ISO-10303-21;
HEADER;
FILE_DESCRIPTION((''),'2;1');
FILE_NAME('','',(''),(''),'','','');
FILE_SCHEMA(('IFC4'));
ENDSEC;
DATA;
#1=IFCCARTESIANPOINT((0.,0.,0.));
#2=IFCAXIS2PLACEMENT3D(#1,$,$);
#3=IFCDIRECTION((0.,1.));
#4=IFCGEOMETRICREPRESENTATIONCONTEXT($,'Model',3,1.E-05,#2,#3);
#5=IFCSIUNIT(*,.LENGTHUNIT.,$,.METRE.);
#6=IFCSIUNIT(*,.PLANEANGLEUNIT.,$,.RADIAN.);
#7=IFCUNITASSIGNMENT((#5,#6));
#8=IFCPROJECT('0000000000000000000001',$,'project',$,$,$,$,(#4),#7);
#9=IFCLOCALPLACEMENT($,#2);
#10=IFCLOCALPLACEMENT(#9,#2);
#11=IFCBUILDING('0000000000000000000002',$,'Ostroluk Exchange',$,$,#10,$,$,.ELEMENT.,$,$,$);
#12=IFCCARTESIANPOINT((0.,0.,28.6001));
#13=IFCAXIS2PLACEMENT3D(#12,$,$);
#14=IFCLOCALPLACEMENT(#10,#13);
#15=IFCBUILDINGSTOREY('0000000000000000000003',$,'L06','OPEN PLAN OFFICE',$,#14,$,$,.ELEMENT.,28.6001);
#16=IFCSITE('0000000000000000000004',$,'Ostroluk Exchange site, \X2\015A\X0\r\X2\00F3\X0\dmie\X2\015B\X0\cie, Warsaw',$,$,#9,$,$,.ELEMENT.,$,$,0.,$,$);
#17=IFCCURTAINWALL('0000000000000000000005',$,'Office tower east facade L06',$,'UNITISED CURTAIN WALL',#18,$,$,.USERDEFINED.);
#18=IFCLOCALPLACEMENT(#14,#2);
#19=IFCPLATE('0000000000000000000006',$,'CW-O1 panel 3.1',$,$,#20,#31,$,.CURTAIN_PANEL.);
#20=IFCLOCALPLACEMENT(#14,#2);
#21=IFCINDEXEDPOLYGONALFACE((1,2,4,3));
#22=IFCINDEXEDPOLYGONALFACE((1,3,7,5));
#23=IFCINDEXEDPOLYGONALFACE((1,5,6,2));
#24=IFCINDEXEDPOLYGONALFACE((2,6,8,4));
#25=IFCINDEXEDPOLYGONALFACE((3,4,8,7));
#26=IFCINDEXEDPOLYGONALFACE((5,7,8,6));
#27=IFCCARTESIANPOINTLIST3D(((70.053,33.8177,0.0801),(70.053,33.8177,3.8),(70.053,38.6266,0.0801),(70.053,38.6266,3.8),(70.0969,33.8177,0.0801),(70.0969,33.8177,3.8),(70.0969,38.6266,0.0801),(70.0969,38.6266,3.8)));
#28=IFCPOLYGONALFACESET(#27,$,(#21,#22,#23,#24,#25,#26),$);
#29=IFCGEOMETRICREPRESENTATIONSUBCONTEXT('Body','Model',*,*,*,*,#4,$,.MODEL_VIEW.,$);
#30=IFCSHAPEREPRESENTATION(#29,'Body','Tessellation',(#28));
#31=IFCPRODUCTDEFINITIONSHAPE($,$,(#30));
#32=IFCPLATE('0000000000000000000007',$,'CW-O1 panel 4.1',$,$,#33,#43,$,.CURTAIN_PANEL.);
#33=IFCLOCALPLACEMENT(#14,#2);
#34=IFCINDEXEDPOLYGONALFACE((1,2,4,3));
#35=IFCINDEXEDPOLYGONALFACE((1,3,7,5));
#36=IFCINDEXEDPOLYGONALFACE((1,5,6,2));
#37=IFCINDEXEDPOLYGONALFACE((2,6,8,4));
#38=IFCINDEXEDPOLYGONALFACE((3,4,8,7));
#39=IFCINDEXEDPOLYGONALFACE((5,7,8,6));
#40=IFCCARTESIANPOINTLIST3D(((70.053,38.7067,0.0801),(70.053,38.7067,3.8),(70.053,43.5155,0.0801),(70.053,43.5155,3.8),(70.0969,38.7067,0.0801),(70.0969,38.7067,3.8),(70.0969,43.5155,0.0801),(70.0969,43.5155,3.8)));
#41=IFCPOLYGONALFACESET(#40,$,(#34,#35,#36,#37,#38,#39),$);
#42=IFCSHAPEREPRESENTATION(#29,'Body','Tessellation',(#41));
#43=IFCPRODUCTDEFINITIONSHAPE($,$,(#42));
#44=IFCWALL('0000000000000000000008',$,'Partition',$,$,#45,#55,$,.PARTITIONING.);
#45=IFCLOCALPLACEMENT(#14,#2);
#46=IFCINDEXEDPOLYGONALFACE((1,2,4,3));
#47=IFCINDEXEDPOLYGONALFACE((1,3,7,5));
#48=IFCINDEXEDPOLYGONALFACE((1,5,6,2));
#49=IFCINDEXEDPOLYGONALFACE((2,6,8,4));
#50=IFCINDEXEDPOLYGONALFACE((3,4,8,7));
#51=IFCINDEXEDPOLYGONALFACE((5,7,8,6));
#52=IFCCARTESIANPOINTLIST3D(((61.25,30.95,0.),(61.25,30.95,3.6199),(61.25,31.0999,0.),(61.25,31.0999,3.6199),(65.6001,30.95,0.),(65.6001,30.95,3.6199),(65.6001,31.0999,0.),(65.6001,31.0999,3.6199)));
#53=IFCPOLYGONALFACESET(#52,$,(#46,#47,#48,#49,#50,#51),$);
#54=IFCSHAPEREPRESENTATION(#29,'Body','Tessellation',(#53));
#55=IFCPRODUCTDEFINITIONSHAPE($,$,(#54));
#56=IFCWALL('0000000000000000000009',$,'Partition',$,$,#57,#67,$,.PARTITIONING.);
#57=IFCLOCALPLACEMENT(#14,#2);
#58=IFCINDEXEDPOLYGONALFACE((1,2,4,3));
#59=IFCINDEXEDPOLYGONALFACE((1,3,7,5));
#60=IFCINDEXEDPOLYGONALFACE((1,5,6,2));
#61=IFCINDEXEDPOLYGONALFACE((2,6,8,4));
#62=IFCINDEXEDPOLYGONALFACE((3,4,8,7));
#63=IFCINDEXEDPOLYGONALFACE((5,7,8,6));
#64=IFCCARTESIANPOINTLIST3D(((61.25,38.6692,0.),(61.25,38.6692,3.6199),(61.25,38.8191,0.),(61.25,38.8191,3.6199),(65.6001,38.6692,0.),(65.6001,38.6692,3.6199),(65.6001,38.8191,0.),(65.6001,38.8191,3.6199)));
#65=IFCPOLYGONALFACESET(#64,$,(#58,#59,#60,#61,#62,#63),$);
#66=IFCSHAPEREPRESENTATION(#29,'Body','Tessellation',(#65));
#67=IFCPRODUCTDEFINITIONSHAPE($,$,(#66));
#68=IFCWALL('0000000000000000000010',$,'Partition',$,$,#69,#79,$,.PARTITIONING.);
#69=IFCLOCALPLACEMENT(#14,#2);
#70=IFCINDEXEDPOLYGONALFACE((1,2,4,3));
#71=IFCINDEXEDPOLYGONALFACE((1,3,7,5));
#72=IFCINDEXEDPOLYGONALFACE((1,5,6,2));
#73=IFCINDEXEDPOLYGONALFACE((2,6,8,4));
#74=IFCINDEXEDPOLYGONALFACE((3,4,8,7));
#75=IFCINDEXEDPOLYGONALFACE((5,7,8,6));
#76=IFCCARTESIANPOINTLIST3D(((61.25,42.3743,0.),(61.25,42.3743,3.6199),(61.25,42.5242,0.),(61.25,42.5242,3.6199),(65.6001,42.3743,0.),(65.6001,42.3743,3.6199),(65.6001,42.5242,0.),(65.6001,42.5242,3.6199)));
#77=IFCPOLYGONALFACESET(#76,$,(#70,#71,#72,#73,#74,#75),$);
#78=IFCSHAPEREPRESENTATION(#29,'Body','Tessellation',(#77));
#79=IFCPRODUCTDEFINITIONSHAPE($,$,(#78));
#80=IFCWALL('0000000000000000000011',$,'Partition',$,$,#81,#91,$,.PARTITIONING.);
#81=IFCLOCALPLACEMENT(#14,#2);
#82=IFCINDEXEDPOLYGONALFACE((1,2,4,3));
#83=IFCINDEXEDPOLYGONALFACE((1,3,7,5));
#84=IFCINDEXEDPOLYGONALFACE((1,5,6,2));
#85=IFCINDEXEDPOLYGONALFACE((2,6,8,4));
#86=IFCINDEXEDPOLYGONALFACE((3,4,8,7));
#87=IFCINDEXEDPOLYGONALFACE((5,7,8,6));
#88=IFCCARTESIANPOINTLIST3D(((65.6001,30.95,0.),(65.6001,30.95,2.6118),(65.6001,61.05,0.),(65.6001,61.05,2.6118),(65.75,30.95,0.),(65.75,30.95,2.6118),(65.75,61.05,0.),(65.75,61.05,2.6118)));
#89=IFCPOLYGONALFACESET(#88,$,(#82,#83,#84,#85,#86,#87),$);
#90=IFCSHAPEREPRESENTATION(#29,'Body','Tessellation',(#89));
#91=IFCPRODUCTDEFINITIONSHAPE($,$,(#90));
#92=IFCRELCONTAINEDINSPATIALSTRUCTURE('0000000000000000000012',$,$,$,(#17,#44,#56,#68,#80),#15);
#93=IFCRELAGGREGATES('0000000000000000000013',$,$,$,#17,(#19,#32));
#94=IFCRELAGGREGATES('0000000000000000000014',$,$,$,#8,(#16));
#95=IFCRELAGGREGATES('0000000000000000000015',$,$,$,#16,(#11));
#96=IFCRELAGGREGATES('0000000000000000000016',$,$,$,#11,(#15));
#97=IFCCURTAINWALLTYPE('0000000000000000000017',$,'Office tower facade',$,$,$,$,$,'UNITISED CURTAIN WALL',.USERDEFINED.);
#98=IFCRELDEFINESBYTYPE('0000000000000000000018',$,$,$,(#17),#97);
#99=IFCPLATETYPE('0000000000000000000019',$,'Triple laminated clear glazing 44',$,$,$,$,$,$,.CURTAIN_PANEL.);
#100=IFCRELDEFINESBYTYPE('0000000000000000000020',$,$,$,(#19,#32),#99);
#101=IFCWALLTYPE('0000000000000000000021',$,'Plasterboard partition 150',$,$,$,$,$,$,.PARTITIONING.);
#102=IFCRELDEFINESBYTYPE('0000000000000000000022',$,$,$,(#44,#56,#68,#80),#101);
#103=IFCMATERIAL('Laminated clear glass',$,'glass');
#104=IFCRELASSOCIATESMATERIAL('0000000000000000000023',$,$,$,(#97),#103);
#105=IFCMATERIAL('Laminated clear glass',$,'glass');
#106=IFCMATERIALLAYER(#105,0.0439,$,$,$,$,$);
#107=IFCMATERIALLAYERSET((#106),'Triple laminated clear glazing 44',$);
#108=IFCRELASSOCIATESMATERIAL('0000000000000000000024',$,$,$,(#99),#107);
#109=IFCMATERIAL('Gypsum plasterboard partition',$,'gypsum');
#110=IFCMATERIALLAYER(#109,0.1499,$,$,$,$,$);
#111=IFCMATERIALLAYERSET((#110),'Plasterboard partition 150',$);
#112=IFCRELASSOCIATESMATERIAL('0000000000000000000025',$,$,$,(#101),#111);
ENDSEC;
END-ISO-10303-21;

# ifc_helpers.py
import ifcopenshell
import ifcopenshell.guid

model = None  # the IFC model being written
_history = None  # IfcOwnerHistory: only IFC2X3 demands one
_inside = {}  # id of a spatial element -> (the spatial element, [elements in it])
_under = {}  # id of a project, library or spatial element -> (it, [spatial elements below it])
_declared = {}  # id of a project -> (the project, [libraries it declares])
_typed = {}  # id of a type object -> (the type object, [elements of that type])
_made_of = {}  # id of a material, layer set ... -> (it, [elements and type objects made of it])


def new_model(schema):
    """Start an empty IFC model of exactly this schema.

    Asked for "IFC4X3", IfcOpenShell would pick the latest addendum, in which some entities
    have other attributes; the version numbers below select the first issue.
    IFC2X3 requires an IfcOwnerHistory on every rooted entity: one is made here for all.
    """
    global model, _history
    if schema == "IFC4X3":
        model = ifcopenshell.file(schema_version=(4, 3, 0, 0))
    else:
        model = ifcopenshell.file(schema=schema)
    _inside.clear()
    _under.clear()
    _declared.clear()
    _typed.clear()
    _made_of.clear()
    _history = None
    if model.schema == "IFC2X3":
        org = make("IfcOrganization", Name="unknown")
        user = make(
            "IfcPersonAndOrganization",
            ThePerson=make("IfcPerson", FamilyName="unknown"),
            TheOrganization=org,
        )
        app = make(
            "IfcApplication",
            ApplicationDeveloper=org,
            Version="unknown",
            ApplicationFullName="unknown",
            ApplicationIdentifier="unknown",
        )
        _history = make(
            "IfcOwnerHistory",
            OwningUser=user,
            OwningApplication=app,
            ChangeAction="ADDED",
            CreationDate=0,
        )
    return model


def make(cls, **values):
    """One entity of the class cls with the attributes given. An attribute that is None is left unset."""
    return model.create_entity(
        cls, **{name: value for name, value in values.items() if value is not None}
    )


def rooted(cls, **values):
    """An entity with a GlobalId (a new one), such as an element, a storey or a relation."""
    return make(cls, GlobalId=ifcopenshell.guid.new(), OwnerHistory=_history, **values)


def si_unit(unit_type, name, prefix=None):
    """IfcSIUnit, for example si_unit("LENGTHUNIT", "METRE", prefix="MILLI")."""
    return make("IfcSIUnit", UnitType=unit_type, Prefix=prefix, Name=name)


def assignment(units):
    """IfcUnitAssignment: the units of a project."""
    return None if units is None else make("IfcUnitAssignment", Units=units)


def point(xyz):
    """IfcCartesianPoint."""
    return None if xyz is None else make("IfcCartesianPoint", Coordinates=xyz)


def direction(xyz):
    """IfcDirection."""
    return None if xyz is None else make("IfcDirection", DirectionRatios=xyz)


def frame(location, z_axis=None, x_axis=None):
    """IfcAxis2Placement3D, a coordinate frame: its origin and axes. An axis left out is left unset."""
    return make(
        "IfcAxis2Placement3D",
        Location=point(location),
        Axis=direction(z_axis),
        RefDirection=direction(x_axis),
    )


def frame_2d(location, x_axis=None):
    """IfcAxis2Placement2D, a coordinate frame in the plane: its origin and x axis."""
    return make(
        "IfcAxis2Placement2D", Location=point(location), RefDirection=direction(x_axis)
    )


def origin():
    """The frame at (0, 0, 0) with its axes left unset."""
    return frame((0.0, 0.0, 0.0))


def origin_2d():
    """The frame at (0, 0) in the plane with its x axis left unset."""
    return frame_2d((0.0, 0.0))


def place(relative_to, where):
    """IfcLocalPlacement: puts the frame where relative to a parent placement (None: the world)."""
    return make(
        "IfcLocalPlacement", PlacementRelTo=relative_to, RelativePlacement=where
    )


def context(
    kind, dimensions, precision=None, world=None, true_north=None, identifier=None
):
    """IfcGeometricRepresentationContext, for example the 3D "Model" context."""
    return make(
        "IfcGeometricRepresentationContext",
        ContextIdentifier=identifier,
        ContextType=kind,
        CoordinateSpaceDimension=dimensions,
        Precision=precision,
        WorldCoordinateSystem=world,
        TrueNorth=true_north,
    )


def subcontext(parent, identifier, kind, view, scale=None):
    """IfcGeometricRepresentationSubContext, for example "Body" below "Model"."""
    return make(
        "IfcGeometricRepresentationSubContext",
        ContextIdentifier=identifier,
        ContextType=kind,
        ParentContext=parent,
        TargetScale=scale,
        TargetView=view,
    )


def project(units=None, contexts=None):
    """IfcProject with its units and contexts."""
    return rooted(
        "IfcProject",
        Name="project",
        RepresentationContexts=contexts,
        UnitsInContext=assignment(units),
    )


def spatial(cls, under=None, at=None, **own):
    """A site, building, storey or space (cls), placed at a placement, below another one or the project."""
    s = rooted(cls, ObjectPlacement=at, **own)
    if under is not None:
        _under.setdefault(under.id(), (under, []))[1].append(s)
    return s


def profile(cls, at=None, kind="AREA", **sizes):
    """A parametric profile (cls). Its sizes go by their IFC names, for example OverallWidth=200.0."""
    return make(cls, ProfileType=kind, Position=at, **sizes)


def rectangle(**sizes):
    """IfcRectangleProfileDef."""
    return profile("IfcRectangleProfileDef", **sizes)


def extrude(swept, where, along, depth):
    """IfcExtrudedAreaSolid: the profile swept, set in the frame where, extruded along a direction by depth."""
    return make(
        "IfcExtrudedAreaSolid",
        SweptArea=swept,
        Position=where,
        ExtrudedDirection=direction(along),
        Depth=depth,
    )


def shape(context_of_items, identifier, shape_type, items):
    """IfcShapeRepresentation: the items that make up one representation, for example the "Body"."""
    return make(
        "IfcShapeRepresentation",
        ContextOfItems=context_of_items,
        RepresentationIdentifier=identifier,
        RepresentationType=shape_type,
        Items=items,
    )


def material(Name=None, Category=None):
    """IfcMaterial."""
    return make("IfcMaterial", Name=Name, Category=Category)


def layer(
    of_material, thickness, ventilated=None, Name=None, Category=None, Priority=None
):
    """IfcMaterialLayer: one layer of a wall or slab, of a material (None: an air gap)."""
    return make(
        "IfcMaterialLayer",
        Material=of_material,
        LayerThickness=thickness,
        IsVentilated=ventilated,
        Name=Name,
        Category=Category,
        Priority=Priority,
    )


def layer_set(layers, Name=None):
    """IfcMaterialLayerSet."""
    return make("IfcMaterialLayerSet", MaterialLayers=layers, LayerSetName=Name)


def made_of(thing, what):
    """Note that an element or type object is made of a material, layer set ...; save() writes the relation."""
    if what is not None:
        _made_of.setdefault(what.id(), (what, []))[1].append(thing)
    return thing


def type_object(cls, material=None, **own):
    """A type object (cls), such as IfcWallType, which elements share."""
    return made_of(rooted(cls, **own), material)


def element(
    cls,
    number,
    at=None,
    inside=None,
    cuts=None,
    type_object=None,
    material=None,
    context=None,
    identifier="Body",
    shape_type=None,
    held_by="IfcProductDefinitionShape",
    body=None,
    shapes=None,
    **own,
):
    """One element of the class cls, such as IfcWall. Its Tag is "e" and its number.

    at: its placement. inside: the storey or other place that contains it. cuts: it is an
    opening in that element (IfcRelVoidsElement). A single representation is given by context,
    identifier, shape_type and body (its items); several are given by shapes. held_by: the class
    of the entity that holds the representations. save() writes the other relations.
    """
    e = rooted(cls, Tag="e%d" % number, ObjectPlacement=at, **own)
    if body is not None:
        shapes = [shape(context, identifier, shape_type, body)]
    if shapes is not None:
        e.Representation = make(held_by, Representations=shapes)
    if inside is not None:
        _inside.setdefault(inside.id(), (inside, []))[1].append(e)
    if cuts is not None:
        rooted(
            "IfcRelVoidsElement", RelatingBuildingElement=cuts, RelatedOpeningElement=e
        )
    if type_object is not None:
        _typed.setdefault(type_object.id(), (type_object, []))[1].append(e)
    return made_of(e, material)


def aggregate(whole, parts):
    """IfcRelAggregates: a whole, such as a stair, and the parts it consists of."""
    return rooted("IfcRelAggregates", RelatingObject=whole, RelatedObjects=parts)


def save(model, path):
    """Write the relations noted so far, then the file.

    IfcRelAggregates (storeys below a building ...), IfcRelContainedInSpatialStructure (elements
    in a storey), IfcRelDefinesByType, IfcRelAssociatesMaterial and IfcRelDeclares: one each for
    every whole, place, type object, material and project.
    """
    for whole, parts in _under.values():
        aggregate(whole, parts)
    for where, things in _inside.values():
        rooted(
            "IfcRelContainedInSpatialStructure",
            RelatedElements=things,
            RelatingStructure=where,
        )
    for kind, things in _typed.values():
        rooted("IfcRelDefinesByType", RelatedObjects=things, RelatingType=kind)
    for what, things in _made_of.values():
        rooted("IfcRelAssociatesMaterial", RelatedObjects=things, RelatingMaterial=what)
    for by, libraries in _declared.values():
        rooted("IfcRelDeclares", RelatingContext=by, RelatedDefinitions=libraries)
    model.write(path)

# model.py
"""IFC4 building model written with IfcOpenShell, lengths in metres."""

from ifc_helpers import new_model, si_unit, direction, frame, frame_2d, origin, origin_2d, place, context, subcontext, project, spatial, rectangle, extrude, material, layer, layer_set, type_object, element, aggregate, save


model = new_model("IFC4")

# Units and contexts
model_context = context("Model", 3, precision=1e-05, world=origin(), true_north=direction((0.0, 1.0)))
body_context = subcontext(model_context, "Body", "Model", "MODEL_VIEW")
ifc_project = project(units=[si_unit("LENGTHUNIT", "METRE"), si_unit("PLANEANGLEUNIT", "RADIAN")], contexts=[model_context])

# Site, building, storey
site_placement = place(None, origin())
site = spatial("IfcSite", under=ifc_project, at=site_placement, Name="Ostroluk Exchange site, Śródmieście, Warsaw", CompositionType="ELEMENT", RefElevation=0.0)
building_placement = place(site_placement, origin())
building = spatial("IfcBuilding", under=site, at=building_placement, Name="Ostroluk Exchange", CompositionType="ELEMENT")
storey_placement = place(building_placement, frame((0.0, 0.0, 28.6001)))
storey = spatial("IfcBuildingStorey", under=building, at=storey_placement, Name="L06", Description="OPEN PLAN OFFICE", CompositionType="ELEMENT", Elevation=28.6001)

# Curtain wall, plates
ifc_material_1 = material(Name="Laminated clear glass", Category="glass")
curtain_wall_type = type_object("IfcCurtainWallType", Name="Office tower facade", ElementType="UNITISED CURTAIN WALL", PredefinedType="USERDEFINED", material=ifc_material_1)
curtain_wall_placement = place(storey_placement, origin())
curtain_wall = element("IfcCurtainWall", 1, at=curtain_wall_placement, inside=storey, type_object=curtain_wall_type, Name="Office tower east facade L06", ObjectType="UNITISED CURTAIN WALL", PredefinedType="USERDEFINED")
ifc_material_2 = material(Name="Laminated clear glass", Category="glass")
ifc_layer_1 = layer(ifc_material_2, 0.0439)
ifc_layer_set_1 = layer_set([ifc_layer_1], Name="Triple laminated clear glazing 44")
plate_type = type_object("IfcPlateType", Name="Triple laminated clear glazing 44", PredefinedType="CURTAIN_PANEL", material=ifc_layer_set_1)
plate_1_placement = place(storey_placement, frame((70.075, 36.2222, 0.0801), z_axis=(0.0, 0.0, 1.0), x_axis=(0.0, 1.0, 0.0)))
plate_1 = element("IfcPlate", 2, at=plate_1_placement, type_object=plate_type, Name="CW-O1 panel 3.1", PredefinedType="CURTAIN_PANEL", context=body_context, shape_type="SweptSolid", body=[
    extrude(rectangle(XDim=4.8088, YDim=0.0439, at=origin_2d()), origin(), (0.0, 0.0, 1.0), 3.72),
])
plate_2_placement = place(storey_placement, frame((70.075, 41.1111, 0.0801), z_axis=(0.0, 0.0, 1.0), x_axis=(0.0, 1.0, 0.0)))
plate_2 = element("IfcPlate", 3, at=plate_2_placement, type_object=plate_type, Name="CW-O1 panel 4.1", PredefinedType="CURTAIN_PANEL", context=body_context, shape_type="SweptSolid", body=[
    extrude(rectangle(XDim=4.8088, YDim=0.0439, at=origin_2d()), origin(), (0.0, 0.0, 1.0), 3.72),
])
aggregate(curtain_wall, [plate_1, plate_2])

# Walls
ifc_material_3 = material(Name="Gypsum plasterboard partition", Category="gypsum")
ifc_layer_2 = layer(ifc_material_3, 0.1499)
ifc_layer_set_2 = layer_set([ifc_layer_2], Name="Plasterboard partition 150")
wall_type = type_object("IfcWallType", Name="Plasterboard partition 150", PredefinedType="PARTITIONING", material=ifc_layer_set_2)
for number, where, z_axis, x_axis, name in (
    (4, (61.25, 31.0249, 0.0), (0.0, 0.0, 1.0), (1.0, 0.0, 0.0), "Partition"),
    (5, (61.25, 38.7441, 0.0), (0.0, 0.0, 1.0), (1.0, 0.0, 0.0), "Partition"),
    (6, (61.25, 42.4492, 0.0), (0.0, 0.0, 1.0), (1.0, 0.0, 0.0), "Partition"),
):
    element("IfcWall", number, at=place(storey_placement, frame(where, z_axis=z_axis, x_axis=x_axis)), inside=storey, type_object=wall_type, Name=name, PredefinedType="PARTITIONING", context=body_context, shape_type="SweptSolid", body=[
        extrude(rectangle(XDim=4.3501, YDim=0.1499, at=frame_2d((2.175, 0.0))), origin(), (0.0, 0.0, 1.0), 3.6199),
    ])
wall_1_placement = place(storey_placement, frame((65.675, 30.95, 0.0), z_axis=(0.0, 0.0, 1.0), x_axis=(0.0, 1.0, 0.0)))
element("IfcWall", 7, at=wall_1_placement, inside=storey, type_object=wall_type, Name="Partition", PredefinedType="PARTITIONING", context=body_context, shape_type="SweptSolid", body=[
    extrude(rectangle(XDim=30.1001, YDim=0.1499, at=frame_2d((15.05, 0.0))), origin(), (0.0, 0.0, 1.0), 2.6118),
])

save(model, "model.ifc")
